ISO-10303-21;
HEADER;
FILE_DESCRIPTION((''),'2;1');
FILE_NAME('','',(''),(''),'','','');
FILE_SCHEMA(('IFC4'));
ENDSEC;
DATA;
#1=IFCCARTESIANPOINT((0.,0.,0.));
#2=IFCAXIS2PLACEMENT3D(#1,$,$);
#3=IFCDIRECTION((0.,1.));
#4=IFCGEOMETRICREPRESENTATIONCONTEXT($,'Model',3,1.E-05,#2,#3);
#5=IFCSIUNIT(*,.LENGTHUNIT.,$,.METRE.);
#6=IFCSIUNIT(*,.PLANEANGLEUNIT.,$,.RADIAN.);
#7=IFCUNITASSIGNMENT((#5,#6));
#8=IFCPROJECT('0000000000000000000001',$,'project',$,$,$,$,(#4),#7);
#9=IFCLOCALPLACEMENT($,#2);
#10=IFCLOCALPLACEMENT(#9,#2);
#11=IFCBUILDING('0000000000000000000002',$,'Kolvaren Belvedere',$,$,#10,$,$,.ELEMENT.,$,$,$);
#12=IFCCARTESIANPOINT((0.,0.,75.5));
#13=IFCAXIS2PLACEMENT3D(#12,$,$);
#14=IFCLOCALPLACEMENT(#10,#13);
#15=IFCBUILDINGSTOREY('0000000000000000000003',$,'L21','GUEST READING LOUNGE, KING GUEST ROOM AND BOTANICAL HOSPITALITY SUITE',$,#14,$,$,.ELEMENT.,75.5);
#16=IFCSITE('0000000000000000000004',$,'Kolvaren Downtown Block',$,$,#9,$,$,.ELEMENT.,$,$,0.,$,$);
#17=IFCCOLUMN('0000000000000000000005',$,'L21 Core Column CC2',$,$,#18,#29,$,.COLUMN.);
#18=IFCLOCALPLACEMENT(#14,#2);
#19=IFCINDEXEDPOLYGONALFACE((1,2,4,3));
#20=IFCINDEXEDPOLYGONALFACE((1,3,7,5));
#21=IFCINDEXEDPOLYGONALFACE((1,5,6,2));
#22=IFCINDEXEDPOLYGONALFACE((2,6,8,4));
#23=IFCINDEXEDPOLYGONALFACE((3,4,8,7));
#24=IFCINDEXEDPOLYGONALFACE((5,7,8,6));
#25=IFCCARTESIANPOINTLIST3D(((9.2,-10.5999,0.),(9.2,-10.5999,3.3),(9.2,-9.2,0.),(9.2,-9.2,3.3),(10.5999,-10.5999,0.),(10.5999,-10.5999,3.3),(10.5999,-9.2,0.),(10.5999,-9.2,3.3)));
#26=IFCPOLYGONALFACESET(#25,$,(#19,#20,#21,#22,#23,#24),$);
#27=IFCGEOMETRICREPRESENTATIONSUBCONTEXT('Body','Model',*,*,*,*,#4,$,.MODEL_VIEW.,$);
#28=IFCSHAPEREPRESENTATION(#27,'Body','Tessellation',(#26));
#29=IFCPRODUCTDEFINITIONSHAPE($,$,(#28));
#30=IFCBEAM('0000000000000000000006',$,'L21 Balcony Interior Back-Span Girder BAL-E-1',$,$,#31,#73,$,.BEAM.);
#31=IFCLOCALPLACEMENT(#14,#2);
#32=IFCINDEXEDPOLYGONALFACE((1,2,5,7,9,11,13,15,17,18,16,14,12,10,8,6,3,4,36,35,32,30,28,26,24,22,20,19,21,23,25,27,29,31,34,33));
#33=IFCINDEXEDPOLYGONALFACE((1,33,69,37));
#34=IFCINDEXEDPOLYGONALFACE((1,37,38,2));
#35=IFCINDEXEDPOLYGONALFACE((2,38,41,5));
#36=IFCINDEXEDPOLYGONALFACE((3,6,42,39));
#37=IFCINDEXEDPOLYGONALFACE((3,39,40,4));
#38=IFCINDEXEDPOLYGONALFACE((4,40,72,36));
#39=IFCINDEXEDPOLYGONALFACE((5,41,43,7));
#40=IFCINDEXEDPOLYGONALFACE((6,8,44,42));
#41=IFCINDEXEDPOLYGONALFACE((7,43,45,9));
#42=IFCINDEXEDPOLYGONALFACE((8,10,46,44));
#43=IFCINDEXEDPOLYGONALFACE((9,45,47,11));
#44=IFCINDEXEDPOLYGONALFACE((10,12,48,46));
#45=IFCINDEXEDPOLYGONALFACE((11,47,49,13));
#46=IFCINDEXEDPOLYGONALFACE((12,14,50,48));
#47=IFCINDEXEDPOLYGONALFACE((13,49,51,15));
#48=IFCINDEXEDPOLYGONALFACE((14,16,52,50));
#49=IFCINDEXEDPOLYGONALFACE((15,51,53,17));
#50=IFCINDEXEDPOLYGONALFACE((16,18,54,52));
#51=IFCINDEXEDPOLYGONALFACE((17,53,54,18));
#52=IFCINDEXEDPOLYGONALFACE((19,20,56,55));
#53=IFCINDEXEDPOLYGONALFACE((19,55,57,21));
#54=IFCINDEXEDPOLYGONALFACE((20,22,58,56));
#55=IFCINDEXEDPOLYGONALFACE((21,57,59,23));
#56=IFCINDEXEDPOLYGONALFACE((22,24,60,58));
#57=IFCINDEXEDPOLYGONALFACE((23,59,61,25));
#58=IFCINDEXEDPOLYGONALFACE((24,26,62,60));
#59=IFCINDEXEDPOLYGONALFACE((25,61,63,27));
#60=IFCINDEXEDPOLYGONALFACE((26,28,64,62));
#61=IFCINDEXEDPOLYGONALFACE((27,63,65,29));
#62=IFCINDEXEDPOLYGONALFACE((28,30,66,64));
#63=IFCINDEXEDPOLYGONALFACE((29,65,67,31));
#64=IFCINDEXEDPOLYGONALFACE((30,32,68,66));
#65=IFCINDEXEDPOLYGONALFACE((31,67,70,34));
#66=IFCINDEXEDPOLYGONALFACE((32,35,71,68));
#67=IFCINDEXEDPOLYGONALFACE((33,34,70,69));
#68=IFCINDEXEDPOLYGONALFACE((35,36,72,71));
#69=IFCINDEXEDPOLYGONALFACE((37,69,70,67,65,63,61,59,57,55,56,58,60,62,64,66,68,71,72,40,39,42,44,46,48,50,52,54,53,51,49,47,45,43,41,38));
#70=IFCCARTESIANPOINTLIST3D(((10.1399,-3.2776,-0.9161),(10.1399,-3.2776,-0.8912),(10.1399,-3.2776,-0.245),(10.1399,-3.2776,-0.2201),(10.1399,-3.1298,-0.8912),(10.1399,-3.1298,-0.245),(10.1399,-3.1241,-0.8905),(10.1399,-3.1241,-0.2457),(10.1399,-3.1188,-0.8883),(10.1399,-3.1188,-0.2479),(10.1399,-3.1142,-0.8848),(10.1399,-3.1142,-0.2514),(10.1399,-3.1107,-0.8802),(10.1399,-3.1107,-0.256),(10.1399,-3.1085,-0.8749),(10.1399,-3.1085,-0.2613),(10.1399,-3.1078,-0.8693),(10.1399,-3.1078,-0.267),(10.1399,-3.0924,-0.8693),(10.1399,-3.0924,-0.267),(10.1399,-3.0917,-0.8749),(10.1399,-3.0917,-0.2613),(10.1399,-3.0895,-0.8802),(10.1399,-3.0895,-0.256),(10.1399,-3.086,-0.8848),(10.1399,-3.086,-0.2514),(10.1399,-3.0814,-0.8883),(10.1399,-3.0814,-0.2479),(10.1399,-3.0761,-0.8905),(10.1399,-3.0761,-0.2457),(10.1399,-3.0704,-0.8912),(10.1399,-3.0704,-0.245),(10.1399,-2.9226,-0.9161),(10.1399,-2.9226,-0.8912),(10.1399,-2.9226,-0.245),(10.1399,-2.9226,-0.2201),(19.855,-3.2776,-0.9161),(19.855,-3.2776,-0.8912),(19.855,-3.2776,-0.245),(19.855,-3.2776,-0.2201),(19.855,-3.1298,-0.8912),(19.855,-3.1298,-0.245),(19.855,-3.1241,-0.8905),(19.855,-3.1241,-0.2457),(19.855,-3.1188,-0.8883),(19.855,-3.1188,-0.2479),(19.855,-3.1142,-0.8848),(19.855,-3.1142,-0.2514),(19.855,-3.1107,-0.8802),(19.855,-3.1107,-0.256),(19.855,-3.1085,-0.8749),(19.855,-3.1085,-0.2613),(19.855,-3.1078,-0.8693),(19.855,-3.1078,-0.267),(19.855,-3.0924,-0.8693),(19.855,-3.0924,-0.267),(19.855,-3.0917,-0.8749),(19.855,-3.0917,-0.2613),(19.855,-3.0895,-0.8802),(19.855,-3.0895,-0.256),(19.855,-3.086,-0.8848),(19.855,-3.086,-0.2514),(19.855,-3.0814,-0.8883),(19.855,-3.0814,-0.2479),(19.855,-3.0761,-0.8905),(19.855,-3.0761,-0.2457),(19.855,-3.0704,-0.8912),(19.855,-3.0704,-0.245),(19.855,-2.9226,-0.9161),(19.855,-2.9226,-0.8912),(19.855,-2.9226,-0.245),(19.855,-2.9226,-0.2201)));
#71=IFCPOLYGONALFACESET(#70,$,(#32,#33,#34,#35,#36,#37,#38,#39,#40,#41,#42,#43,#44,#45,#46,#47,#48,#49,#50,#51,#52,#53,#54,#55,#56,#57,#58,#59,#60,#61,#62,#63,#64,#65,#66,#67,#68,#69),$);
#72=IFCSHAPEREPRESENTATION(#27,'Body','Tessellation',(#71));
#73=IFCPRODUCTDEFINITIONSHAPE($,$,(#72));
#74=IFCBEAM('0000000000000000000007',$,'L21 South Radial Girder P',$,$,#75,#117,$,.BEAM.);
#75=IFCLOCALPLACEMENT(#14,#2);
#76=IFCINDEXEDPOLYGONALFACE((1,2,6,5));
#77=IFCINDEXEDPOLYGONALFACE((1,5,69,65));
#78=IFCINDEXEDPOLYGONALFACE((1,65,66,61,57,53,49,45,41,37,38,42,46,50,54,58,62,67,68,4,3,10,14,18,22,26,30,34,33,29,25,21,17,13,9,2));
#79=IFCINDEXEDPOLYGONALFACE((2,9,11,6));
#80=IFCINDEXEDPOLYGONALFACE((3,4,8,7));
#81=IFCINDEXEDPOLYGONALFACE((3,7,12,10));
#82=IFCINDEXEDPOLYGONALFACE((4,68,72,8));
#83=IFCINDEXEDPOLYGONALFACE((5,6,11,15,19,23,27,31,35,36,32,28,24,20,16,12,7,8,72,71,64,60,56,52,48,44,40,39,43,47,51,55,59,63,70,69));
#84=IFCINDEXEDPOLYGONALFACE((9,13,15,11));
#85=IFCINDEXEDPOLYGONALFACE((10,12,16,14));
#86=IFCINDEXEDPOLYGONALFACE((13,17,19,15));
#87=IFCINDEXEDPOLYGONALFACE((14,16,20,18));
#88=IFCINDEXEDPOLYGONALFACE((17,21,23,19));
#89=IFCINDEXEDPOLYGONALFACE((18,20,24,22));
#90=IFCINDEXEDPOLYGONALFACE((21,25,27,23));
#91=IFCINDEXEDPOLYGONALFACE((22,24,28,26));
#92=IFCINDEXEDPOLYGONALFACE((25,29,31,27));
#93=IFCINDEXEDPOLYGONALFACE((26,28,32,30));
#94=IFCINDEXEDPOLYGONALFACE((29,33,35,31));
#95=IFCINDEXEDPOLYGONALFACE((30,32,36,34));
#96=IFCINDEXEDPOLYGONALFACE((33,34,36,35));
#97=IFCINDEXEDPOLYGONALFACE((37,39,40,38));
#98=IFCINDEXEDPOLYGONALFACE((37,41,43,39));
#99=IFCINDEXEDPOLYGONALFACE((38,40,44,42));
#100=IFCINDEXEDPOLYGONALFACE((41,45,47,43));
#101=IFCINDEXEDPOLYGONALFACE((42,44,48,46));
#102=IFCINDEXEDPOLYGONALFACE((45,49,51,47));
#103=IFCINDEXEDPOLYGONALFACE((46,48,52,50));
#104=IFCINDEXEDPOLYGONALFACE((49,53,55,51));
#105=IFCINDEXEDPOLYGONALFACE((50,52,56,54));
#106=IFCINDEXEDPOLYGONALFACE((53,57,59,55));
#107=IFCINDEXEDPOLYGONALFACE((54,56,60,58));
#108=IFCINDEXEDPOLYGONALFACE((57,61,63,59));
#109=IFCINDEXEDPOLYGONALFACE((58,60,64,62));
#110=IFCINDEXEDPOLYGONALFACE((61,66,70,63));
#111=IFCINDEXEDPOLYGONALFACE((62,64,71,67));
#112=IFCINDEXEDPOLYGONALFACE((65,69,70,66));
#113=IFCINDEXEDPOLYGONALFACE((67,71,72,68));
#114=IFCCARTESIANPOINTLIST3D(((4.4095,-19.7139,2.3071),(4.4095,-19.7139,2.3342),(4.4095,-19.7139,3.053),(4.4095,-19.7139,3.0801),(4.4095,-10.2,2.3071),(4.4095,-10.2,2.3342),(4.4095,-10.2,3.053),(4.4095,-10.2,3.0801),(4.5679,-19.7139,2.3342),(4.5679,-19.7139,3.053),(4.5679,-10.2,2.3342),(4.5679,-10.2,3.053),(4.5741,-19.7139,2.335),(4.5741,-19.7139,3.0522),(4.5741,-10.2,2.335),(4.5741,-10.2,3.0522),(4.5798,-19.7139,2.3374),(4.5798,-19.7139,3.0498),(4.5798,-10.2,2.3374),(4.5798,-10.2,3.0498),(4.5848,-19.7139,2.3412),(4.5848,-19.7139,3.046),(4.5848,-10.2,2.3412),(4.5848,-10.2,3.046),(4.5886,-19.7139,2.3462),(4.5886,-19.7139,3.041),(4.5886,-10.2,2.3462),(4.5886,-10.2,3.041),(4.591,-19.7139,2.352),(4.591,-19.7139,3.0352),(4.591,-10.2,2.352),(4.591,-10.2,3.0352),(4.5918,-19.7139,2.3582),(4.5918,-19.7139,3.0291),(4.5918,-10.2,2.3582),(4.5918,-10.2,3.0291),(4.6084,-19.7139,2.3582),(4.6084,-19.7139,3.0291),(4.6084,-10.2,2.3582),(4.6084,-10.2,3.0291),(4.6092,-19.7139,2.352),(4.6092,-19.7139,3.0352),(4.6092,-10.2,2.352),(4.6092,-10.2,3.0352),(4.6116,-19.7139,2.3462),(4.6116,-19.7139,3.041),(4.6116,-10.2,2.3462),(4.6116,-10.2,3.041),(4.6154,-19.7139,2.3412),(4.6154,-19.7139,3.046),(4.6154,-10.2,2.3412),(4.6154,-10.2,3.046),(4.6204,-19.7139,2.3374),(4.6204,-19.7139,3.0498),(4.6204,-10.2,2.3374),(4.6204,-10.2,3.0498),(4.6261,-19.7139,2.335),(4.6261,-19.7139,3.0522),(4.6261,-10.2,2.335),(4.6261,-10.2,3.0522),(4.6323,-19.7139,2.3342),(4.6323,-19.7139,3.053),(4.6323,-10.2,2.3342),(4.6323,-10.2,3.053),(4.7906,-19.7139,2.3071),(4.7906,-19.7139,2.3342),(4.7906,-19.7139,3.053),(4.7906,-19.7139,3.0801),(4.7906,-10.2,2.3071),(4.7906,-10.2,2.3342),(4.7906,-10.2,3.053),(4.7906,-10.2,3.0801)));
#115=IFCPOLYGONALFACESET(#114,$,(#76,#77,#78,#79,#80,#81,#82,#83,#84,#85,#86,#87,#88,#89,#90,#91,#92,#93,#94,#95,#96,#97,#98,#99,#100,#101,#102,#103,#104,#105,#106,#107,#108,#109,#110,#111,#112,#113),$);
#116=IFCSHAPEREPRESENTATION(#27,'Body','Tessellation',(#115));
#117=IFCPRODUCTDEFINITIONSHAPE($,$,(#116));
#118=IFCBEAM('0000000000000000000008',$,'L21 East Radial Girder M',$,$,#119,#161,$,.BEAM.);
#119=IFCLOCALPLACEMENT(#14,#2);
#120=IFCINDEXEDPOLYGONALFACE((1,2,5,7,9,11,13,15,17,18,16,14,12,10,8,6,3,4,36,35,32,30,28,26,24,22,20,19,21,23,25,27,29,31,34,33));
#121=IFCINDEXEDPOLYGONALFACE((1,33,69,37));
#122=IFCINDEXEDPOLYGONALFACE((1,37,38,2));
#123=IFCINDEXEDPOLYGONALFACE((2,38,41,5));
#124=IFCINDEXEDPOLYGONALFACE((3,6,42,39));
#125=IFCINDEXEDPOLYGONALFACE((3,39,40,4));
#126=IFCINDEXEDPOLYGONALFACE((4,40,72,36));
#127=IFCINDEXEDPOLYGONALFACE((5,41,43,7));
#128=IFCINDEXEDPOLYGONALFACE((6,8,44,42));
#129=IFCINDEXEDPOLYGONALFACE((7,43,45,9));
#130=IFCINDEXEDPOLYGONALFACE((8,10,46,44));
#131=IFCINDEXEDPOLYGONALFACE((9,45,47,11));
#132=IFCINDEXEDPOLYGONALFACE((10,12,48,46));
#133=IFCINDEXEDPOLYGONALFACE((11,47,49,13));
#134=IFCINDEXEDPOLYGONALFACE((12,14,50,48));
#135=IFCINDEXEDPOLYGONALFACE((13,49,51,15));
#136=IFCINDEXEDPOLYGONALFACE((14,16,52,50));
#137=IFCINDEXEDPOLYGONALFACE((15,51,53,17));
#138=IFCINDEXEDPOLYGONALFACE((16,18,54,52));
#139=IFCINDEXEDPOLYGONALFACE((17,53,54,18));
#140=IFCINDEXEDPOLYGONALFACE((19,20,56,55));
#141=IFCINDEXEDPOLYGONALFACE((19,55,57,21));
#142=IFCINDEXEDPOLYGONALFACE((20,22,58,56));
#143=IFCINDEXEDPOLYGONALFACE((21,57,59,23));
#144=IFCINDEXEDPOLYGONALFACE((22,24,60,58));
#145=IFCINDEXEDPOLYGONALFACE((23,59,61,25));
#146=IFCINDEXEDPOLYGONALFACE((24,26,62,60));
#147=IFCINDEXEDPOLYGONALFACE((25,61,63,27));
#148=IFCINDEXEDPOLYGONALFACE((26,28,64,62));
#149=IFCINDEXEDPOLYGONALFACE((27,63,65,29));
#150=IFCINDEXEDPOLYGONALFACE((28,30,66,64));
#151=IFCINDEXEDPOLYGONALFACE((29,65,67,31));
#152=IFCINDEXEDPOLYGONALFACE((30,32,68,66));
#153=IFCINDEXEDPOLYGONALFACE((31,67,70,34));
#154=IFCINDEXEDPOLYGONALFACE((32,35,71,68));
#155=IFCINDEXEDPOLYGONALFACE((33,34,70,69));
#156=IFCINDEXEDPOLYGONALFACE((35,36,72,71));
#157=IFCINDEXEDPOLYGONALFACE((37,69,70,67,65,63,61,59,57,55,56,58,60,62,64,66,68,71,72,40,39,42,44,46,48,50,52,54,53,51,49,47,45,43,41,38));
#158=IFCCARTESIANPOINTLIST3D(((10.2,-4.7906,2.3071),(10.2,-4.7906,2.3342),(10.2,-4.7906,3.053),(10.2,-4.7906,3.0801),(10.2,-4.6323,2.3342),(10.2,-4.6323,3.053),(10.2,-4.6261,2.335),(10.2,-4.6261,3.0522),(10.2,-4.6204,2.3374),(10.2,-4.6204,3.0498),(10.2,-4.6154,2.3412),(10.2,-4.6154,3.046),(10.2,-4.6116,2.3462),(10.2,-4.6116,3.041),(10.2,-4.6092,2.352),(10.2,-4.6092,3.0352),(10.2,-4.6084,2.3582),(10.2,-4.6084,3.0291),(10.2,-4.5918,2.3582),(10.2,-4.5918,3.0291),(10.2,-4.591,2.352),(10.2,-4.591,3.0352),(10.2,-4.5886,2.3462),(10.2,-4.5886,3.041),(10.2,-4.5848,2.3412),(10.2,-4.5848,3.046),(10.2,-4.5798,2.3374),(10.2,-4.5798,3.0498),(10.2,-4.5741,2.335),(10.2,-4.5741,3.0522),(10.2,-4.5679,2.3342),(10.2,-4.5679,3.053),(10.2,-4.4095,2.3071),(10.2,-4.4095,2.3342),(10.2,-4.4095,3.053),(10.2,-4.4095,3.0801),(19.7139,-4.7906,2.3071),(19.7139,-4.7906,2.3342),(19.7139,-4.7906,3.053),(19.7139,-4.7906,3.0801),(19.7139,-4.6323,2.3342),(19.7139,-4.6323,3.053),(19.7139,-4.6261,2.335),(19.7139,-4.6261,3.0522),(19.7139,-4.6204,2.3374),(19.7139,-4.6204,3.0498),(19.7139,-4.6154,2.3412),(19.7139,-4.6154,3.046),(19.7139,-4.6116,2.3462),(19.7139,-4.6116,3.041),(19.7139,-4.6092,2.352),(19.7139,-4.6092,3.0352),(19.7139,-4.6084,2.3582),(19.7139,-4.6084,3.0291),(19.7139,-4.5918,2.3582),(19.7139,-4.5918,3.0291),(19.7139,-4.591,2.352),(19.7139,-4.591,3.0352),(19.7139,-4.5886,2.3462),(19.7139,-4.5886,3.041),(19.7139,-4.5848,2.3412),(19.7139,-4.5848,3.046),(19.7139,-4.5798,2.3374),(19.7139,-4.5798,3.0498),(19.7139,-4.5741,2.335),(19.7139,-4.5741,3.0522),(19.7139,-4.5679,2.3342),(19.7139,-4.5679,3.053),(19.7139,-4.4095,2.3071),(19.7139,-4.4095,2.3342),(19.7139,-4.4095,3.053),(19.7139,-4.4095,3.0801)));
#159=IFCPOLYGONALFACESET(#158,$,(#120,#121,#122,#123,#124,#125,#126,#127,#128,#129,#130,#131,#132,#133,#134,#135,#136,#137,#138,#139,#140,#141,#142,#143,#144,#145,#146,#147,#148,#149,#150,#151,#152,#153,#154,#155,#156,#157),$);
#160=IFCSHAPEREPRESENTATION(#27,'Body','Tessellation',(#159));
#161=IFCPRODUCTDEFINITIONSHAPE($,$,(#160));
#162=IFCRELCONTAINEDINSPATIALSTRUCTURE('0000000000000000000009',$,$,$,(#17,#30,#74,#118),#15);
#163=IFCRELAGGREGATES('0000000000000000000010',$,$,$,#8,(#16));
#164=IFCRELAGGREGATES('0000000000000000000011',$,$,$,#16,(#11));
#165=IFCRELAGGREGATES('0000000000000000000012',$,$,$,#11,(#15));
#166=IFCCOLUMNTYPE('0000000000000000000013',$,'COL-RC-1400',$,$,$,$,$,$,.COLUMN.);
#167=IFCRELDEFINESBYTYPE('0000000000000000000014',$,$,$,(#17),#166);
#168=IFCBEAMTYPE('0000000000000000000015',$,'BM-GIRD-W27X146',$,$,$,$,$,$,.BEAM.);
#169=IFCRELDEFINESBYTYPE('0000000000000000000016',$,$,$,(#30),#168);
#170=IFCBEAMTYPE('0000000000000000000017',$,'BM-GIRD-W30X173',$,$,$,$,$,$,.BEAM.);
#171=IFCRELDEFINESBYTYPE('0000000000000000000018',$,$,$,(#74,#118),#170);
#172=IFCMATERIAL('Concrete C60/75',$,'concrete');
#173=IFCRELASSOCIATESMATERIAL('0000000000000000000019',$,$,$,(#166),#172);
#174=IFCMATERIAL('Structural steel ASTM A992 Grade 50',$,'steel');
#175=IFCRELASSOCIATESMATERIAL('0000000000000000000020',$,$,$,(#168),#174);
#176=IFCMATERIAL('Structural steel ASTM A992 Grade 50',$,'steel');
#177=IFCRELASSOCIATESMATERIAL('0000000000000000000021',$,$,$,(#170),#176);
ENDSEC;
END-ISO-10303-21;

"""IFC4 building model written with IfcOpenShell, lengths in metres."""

from ifc_helpers import new_model, si_unit, direction, frame, origin, origin_2d, place, context, subcontext, project, spatial, rectangle, i_section, extrude, material, material_profile, profile_set, type_object, element, save


model = new_model("IFC4")

# Units and contexts
model_context = context("Model", 3, precision=1e-05, world=origin(), true_north=direction((0.0, 1.0)))
body_context = subcontext(model_context, "Body", "Model", "MODEL_VIEW")
ifc_project = project(units=[si_unit("LENGTHUNIT", "METRE"), si_unit("PLANEANGLEUNIT", "RADIAN")], contexts=[model_context])

# Site, building, storey
site_placement = place(None, origin())
site = spatial("IfcSite", under=ifc_project, at=site_placement, Name="Kolvaren Downtown Block", CompositionType="ELEMENT", RefElevation=0.0)
building_placement = place(site_placement, origin())
building = spatial("IfcBuilding", under=site, at=building_placement, Name="Kolvaren Belvedere", CompositionType="ELEMENT")
storey_placement = place(building_placement, frame((0.0, 0.0, 75.5)))
storey = spatial("IfcBuildingStorey", under=building, at=storey_placement, Name="L21", Description="GUEST READING LOUNGE, KING GUEST ROOM AND BOTANICAL HOSPITALITY SUITE", CompositionType="ELEMENT", Elevation=75.5)

# Column
ifc_material_1 = material(Name="Concrete C60/75", Category="concrete")
ifc_material_profile_1 = material_profile(ifc_material_1, rectangle(XDim=1.3999, YDim=1.3999, at=origin_2d()), Name="RC 1400X1400")
ifc_profile_set_1 = profile_set([ifc_material_profile_1], Name="Concrete C60/75")
column_type = type_object("IfcColumnType", Name="COL-RC-1400", PredefinedType="COLUMN", material=ifc_profile_set_1)
column_placement = place(storey_placement, frame((9.8999, -9.8999, 0.0), z_axis=(0.0, 0.0, 1.0), x_axis=(1.0, 0.0, 0.0)))
element("IfcColumn", 1, at=column_placement, inside=storey, type_object=column_type, Name="L21 Core Column CC2", PredefinedType="COLUMN", context=body_context, shape_type="SweptSolid", body=[
    extrude(rectangle(XDim=1.3999, YDim=1.3999, at=origin_2d()), origin(), (0.0, 0.0, 1.0), 3.3),
])

# Beams
ifc_material_2 = material(Name="Structural steel ASTM A992 Grade 50", Category="steel")
ifc_material_profile_2 = material_profile(ifc_material_2, i_section(OverallWidth=0.355, OverallDepth=0.696, WebThickness=0.0154, FlangeThickness=0.0249, FilletRadius=0.022, at=origin_2d()), Name="W27X146")
ifc_profile_set_2 = profile_set([ifc_material_profile_2], Name="Structural steel ASTM A992 Grade 50")
beam_type_1 = type_object("IfcBeamType", Name="BM-GIRD-W27X146", PredefinedType="BEAM", material=ifc_profile_set_2)
beam_1_placement = place(storey_placement, frame((10.1399, -3.1001, -0.5681), z_axis=(1.0, 0.0, 0.0), x_axis=(0.0, 1.0, 0.0)))
element("IfcBeam", 2, at=beam_1_placement, inside=storey, type_object=beam_type_1, Name="L21 Balcony Interior Back-Span Girder BAL-E-1", PredefinedType="BEAM", context=body_context, shape_type="SweptSolid", body=[
    extrude(i_section(OverallWidth=0.355, OverallDepth=0.696, WebThickness=0.0154, FlangeThickness=0.0249, FilletRadius=0.022, at=origin_2d()), origin(), (0.0, 0.0, 1.0), 9.7151),
])
ifc_material_3 = material(Name="Structural steel ASTM A992 Grade 50", Category="steel")
ifc_material_profile_3 = material_profile(ifc_material_3, i_section(OverallWidth=0.3811, OverallDepth=0.7729, WebThickness=0.0166, FlangeThickness=0.0271, FilletRadius=0.0239, at=origin_2d()), Name="W30X173")
ifc_profile_set_3 = profile_set([ifc_material_profile_3], Name="Structural steel ASTM A992 Grade 50")
beam_type_2 = type_object("IfcBeamType", Name="BM-GIRD-W30X173", PredefinedType="BEAM", material=ifc_profile_set_3)
for number, where, z_axis, x_axis, name in (
    (3, (4.6001, -10.2, 2.6936), (0.0, -1.0, 0.0), (1.0, 0.0, 0.0), "L21 South Radial Girder P"),
    (4, (10.2, -4.6001, 2.6936), (1.0, 0.0, 0.0), (0.0, 1.0, 0.0), "L21 East Radial Girder M"),
):
    element("IfcBeam", number, at=place(storey_placement, frame(where, z_axis=z_axis, x_axis=x_axis)), inside=storey, type_object=beam_type_2, Name=name, PredefinedType="BEAM", context=body_context, shape_type="SweptSolid", body=[
        extrude(i_section(OverallWidth=0.3811, OverallDepth=0.7729, WebThickness=0.0166, FlangeThickness=0.0271, FilletRadius=0.0239, at=origin_2d()), origin(), (0.0, 0.0, 1.0), 9.5139),
    ])

save(model, "model.ifc")
